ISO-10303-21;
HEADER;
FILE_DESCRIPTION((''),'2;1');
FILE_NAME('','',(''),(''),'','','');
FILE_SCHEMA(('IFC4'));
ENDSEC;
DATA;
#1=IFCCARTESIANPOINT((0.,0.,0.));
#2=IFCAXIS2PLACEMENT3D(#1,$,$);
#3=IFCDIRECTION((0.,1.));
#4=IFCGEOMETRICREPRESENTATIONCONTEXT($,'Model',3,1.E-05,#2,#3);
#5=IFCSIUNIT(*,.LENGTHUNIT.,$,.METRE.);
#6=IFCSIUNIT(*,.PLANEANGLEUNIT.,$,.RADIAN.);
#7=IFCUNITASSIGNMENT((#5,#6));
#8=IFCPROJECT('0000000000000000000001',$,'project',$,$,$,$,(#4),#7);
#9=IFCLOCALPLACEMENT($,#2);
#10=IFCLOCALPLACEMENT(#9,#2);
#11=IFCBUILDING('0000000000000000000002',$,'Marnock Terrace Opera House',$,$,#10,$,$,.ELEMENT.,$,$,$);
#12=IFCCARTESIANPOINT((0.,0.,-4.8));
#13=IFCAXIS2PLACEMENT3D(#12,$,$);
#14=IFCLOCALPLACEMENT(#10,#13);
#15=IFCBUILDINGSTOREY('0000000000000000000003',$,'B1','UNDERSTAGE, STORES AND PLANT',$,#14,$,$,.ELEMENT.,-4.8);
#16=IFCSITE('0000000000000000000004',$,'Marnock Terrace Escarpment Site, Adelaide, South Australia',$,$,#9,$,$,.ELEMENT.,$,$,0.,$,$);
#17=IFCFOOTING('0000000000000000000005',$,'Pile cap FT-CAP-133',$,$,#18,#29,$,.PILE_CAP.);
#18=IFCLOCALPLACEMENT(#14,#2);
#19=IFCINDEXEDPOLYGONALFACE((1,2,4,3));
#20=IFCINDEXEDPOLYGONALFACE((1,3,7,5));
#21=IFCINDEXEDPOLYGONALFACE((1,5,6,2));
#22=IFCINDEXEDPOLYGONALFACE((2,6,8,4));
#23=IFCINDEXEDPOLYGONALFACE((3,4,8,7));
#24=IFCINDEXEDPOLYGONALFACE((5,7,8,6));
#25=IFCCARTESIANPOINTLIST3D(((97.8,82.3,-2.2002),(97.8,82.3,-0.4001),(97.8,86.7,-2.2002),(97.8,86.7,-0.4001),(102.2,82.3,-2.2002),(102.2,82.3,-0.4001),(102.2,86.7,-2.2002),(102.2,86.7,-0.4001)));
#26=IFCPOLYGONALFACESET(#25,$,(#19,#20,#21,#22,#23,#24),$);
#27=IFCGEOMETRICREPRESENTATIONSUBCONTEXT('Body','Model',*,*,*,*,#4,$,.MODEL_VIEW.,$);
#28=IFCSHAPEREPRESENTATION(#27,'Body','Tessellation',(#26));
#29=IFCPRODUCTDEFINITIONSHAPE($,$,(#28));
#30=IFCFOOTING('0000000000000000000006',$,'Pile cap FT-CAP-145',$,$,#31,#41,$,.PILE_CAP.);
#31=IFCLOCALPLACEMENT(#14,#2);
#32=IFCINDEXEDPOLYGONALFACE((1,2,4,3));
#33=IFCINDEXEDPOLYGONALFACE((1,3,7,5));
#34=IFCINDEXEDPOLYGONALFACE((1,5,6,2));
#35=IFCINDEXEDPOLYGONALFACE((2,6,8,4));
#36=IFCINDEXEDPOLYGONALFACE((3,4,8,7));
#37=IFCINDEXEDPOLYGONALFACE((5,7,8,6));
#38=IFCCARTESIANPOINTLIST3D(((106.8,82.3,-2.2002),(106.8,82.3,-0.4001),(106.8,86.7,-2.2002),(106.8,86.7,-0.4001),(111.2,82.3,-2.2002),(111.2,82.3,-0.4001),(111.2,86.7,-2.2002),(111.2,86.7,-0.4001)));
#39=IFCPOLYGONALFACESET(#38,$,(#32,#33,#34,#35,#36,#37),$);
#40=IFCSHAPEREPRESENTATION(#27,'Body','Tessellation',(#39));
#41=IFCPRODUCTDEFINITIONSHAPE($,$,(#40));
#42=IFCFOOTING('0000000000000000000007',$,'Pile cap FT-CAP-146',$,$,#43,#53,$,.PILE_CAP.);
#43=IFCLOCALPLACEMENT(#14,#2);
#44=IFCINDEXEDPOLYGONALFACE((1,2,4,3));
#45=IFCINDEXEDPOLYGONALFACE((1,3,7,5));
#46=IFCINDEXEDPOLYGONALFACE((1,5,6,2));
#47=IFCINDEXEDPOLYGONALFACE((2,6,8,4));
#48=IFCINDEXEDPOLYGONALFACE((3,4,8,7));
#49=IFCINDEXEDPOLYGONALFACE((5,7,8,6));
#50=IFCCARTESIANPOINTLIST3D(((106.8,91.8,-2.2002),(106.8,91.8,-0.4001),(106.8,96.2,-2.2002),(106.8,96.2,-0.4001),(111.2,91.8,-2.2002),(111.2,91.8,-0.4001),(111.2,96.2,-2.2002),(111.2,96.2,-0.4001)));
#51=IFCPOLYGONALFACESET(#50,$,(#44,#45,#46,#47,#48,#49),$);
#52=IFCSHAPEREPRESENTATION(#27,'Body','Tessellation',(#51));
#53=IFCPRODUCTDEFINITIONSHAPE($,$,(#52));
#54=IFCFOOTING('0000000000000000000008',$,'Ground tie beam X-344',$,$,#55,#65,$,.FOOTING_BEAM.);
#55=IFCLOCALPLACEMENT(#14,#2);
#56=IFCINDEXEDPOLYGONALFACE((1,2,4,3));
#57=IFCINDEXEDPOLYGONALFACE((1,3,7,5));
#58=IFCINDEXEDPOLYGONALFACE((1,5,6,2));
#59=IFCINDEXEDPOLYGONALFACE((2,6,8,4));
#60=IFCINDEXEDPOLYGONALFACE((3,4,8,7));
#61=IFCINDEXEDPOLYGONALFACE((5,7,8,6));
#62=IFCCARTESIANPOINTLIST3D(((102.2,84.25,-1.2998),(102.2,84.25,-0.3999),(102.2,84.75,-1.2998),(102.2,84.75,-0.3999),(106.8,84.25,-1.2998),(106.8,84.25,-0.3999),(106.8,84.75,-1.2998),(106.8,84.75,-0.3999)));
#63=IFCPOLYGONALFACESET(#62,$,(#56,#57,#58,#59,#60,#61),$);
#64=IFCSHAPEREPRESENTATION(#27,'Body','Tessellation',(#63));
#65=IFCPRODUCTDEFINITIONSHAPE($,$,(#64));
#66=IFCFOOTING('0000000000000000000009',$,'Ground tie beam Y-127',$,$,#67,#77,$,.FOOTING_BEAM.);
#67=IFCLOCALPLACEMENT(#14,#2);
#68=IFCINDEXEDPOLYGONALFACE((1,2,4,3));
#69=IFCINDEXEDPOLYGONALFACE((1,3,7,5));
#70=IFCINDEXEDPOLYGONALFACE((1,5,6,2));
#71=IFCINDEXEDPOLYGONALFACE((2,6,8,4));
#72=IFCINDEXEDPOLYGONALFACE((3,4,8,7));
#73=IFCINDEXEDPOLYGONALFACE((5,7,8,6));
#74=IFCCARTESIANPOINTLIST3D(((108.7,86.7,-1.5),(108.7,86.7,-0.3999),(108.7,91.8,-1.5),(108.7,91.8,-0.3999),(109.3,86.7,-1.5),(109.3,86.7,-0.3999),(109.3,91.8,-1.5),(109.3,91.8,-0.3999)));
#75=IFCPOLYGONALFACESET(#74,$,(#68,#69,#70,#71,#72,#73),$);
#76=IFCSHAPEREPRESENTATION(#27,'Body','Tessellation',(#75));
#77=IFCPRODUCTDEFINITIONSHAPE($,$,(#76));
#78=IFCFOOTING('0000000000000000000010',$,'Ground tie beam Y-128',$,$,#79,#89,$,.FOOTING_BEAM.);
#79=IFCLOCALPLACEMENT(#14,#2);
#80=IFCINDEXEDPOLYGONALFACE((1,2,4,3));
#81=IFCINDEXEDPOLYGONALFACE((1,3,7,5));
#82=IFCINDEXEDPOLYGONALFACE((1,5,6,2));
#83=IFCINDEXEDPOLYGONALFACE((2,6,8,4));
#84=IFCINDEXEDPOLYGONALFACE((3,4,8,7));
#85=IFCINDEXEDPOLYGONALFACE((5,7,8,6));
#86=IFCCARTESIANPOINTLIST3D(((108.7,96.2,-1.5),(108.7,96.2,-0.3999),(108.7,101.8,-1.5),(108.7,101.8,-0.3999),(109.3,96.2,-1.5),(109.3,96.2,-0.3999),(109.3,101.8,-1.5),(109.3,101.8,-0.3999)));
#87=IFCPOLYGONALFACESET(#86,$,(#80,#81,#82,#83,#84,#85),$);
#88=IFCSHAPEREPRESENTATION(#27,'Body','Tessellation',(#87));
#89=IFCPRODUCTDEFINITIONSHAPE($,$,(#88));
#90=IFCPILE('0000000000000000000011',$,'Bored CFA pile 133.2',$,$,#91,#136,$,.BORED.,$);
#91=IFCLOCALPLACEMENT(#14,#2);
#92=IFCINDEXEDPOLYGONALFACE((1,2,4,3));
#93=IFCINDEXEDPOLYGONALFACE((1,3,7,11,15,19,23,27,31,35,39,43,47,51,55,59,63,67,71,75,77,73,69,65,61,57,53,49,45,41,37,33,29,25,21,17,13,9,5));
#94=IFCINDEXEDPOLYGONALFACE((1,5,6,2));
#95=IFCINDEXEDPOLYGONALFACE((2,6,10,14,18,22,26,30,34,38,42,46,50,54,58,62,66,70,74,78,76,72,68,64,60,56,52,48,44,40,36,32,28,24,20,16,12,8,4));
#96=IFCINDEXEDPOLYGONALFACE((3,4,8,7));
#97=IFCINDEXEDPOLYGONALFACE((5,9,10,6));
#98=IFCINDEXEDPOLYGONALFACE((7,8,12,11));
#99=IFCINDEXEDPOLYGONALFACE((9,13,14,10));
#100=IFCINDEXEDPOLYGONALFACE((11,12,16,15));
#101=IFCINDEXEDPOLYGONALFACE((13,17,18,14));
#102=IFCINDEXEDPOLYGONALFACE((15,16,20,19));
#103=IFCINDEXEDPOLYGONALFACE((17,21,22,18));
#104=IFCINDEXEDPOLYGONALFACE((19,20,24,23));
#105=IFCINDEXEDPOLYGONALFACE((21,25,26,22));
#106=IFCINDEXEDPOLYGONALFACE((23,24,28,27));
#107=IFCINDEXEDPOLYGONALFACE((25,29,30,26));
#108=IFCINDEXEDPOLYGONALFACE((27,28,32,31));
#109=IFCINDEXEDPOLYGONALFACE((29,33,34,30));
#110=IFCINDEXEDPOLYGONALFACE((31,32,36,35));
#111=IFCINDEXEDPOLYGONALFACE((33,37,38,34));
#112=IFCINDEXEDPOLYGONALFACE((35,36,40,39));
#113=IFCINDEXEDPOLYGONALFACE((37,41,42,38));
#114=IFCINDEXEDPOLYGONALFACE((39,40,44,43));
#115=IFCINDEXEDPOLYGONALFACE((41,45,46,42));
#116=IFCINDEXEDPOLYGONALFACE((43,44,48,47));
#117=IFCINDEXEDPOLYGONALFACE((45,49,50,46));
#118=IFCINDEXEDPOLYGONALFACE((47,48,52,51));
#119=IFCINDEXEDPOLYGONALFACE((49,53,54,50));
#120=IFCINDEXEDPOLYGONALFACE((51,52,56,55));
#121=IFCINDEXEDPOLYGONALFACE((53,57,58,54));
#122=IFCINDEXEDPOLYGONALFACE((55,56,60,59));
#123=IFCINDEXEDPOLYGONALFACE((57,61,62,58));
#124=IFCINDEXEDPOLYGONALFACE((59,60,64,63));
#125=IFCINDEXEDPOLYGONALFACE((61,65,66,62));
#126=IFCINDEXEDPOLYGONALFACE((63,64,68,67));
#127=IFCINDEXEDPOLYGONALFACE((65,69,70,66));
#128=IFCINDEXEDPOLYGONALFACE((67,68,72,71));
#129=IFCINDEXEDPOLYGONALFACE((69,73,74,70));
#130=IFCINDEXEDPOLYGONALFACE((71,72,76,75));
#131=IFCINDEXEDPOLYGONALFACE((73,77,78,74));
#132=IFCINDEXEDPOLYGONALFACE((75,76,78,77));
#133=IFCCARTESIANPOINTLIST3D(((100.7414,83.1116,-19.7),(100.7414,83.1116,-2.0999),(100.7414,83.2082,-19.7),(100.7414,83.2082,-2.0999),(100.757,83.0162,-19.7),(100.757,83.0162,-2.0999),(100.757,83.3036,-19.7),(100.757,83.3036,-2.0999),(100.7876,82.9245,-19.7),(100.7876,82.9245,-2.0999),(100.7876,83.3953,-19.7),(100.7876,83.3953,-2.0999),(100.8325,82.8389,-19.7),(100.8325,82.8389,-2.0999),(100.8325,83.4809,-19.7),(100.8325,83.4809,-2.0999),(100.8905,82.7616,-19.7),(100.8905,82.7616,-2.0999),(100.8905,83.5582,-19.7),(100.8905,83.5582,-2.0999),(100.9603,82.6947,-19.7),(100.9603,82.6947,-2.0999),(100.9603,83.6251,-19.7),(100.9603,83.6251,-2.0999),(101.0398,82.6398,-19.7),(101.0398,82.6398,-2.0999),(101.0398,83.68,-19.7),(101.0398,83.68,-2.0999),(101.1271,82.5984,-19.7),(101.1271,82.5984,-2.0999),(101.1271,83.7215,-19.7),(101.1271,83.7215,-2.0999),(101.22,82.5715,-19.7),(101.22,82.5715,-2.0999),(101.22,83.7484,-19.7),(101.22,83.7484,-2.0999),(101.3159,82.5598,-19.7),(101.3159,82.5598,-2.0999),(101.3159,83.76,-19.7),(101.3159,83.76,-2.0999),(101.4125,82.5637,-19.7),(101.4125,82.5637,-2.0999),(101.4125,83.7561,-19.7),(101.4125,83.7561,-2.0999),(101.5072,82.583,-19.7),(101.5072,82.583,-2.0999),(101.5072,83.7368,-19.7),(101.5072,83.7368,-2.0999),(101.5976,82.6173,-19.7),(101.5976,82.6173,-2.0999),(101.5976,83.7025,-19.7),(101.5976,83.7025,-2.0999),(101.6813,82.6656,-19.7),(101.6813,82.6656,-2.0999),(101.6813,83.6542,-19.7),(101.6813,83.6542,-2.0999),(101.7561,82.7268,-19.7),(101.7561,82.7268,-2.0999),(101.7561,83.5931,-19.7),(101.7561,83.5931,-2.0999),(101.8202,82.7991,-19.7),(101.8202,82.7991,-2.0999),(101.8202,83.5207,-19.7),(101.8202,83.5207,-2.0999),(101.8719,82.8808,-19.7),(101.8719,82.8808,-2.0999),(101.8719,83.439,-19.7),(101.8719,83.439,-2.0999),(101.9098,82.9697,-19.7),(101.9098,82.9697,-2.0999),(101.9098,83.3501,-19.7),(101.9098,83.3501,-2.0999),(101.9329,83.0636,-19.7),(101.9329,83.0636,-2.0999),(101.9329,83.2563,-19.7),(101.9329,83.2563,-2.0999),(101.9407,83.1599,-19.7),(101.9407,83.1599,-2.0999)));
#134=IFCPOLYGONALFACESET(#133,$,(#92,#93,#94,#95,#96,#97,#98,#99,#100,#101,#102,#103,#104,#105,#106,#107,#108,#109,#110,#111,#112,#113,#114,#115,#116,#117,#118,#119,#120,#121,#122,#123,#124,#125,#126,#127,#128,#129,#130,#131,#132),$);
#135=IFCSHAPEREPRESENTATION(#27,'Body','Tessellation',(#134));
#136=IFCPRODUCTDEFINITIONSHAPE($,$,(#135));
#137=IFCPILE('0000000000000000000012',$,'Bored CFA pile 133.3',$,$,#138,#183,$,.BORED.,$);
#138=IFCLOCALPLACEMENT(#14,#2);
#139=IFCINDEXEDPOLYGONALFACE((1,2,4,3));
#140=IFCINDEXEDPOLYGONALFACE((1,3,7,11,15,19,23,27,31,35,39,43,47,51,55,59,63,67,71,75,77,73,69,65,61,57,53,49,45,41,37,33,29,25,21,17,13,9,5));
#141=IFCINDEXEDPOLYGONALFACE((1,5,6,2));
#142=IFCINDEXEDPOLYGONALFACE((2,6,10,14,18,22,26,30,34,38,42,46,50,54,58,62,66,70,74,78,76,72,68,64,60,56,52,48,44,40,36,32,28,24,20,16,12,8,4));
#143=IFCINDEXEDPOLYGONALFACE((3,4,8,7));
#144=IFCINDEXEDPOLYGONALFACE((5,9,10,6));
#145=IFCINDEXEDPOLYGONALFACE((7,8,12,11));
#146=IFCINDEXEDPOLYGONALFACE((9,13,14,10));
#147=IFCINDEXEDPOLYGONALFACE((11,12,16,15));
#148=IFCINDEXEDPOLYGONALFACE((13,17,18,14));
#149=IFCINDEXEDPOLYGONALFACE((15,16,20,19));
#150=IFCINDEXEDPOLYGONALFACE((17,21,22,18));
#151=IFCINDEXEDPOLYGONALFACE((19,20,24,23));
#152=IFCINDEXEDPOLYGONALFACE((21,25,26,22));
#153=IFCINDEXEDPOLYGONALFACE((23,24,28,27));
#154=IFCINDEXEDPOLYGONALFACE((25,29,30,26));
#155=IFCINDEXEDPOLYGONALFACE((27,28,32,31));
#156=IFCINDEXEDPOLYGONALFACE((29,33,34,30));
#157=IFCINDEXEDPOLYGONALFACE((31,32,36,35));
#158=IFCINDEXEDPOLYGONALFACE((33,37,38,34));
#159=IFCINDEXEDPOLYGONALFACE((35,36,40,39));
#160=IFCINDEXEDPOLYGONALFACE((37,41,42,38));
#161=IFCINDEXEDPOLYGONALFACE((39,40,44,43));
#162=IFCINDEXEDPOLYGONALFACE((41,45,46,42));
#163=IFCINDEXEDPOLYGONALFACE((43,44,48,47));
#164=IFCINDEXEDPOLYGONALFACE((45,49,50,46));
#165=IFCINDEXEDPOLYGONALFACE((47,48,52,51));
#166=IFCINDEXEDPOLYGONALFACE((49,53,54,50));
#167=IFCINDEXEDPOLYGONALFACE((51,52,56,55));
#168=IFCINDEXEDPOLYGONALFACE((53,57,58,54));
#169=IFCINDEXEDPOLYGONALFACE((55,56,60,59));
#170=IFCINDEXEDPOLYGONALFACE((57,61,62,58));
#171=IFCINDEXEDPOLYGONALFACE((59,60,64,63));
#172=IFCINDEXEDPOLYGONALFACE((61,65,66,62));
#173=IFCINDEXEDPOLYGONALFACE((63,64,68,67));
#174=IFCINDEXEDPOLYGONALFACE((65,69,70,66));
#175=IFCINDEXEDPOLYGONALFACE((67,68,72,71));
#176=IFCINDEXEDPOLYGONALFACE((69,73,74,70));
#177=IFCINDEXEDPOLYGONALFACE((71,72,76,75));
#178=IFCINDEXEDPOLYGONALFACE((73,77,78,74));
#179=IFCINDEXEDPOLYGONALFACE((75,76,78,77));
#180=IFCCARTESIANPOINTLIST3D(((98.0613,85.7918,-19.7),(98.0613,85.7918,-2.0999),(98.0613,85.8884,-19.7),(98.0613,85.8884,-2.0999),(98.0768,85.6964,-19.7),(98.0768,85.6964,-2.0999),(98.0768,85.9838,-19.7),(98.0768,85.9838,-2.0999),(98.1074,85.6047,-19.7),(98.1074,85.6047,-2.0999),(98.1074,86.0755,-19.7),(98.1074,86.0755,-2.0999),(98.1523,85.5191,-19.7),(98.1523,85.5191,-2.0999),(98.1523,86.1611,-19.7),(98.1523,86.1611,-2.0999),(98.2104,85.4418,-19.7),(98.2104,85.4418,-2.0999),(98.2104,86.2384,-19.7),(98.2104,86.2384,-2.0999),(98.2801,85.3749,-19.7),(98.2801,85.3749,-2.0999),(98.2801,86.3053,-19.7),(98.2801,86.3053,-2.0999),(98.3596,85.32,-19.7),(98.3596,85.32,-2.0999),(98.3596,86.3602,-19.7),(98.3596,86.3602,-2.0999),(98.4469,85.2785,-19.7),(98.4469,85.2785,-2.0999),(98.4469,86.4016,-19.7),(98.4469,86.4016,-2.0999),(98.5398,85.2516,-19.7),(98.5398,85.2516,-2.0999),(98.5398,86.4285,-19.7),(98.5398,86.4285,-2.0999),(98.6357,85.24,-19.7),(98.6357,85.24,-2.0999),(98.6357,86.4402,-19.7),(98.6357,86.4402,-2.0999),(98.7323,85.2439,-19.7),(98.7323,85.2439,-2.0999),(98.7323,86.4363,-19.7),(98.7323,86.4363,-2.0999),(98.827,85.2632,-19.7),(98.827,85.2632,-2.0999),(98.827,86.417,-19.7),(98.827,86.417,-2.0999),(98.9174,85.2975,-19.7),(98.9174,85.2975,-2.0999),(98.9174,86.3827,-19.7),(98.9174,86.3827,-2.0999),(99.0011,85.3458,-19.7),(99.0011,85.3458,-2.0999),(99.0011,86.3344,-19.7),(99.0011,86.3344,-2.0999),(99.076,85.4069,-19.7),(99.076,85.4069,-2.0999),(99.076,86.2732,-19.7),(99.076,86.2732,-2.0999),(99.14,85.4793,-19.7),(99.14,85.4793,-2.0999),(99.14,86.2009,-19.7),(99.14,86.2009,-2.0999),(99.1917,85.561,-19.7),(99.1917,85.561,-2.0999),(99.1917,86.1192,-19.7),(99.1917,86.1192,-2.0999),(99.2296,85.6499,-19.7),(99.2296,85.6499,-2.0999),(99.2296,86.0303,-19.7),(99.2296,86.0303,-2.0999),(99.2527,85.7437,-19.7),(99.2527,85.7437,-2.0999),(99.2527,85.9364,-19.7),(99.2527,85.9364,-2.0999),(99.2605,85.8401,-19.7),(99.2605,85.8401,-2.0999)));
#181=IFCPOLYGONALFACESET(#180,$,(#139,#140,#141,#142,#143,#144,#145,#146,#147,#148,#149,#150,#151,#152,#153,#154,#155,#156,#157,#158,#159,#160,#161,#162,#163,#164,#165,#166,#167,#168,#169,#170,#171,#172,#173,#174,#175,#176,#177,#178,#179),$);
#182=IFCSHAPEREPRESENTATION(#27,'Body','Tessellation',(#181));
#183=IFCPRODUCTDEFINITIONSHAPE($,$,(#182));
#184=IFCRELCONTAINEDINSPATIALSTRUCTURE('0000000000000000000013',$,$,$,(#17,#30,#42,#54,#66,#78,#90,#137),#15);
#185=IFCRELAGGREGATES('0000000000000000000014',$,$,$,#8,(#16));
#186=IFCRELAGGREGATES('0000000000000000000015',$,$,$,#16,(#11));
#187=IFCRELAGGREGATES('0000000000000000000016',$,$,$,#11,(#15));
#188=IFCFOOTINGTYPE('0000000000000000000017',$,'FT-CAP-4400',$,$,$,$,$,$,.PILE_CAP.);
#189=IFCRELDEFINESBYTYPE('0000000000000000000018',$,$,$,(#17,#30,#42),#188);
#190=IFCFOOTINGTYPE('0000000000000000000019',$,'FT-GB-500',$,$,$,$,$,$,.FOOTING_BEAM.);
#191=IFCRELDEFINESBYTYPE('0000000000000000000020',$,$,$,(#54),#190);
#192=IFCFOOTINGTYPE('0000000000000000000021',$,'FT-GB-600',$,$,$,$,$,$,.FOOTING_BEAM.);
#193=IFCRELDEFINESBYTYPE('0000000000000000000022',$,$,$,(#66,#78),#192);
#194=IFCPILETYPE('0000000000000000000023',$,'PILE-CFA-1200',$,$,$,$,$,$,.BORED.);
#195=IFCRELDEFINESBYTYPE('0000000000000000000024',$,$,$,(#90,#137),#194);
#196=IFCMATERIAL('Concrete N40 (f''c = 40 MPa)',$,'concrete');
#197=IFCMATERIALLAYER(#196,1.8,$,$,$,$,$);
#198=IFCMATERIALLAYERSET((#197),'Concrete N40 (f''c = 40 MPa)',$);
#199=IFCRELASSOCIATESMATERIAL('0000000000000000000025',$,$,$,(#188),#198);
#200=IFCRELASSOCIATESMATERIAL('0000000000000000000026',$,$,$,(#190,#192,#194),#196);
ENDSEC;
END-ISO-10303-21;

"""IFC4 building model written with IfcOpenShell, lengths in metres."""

from ifc_helpers import new_model, si_unit, direction, frame, origin, origin_2d, place, context, subcontext, project, spatial, rectangle, circle, extrude, material, layer, layer_set, material_profile, profile_set, type_object, element, save


model = new_model("IFC4")

# Units and contexts
model_context = context("Model", 3, precision=1e-05, world=origin(), true_north=direction((0.0, 1.0)))
body_context = subcontext(model_context, "Body", "Model", "MODEL_VIEW")
ifc_project = project(units=[si_unit("LENGTHUNIT", "METRE"), si_unit("PLANEANGLEUNIT", "RADIAN")], contexts=[model_context])

# Site, building, storey
site_placement = place(None, origin())
site = spatial("IfcSite", under=ifc_project, at=site_placement, Name="Marnock Terrace Escarpment Site, Adelaide, South Australia", CompositionType="ELEMENT", RefElevation=0.0)
building_placement = place(site_placement, origin())
building = spatial("IfcBuilding", under=site, at=building_placement, Name="Marnock Terrace Opera House", CompositionType="ELEMENT")
storey_placement = place(building_placement, frame((0.0, 0.0, -4.8)))
storey = spatial("IfcBuildingStorey", under=building, at=storey_placement, Name="B1", Description="UNDERSTAGE, STORES AND PLANT", CompositionType="ELEMENT", Elevation=-4.8)

# Footings
ifc_material_1 = material(Name="Concrete N40 (f'c = 40 MPa)", Category="concrete")
ifc_layer_1 = layer(ifc_material_1, 1.8)
ifc_layer_set_1 = layer_set([ifc_layer_1], Name="Concrete N40 (f'c = 40 MPa)")
footing_type_1 = type_object("IfcFootingType", Name="FT-CAP-4400", PredefinedType="PILE_CAP", material=ifc_layer_set_1)
for number, where, z_axis, x_axis, name in (
    (1, (100.0, 84.5, -2.2002), (0.0, 0.0, 1.0), (1.0, 0.0, 0.0), "Pile cap FT-CAP-133"),
    (2, (109.0, 84.5, -2.2002), (0.0, 0.0, 1.0), (1.0, 0.0, 0.0), "Pile cap FT-CAP-145"),
    (3, (109.0, 94.0, -2.2002), (0.0, 0.0, 1.0), (1.0, 0.0, 0.0), "Pile cap FT-CAP-146"),
):
    element("IfcFooting", number, at=place(storey_placement, frame(where, z_axis=z_axis, x_axis=x_axis)), inside=storey, type_object=footing_type_1, Name=name, PredefinedType="PILE_CAP", context=body_context, shape_type="SweptSolid", body=[
        extrude(rectangle(XDim=4.3999, YDim=4.3999, at=origin_2d()), origin(), (0.0, 0.0, 1.0), 1.8),
    ])
ifc_material_profile_1 = material_profile(ifc_material_1, rectangle(XDim=0.5, YDim=0.8999, at=origin_2d()))
ifc_profile_set_1 = profile_set([ifc_material_profile_1], Name="Concrete N40 (f'c = 40 MPa)")
footing_type_2 = type_object("IfcFootingType", Name="FT-GB-500", PredefinedType="FOOTING_BEAM", material=ifc_profile_set_1)
footing_1_placement = place(storey_placement, frame((102.2, 84.5, -0.8499), z_axis=(1.0, 0.0, 0.0), x_axis=(0.0, 1.0, 0.0)))
element("IfcFooting", 4, at=footing_1_placement, inside=storey, type_object=footing_type_2, Name="Ground tie beam X-344", PredefinedType="FOOTING_BEAM", context=body_context, shape_type="SweptSolid", body=[
    extrude(rectangle(XDim=0.5, YDim=0.8999, at=origin_2d()), origin(), (0.0, 0.0, 1.0), 4.6001),
])
ifc_material_profile_2 = material_profile(ifc_material_1, rectangle(XDim=0.6001, YDim=1.1001, at=origin_2d()))
ifc_profile_set_2 = profile_set([ifc_material_profile_2], Name="Concrete N40 (f'c = 40 MPa)")
footing_type_3 = type_object("IfcFootingType", Name="FT-GB-600", PredefinedType="FOOTING_BEAM", material=ifc_profile_set_2)
footing_2_placement = place(storey_placement, frame((109.0, 86.7, -0.95), z_axis=(0.0, 1.0, 0.0), x_axis=(-1.0, 0.0, 0.0)))
element("IfcFooting", 5, at=footing_2_placement, inside=storey, type_object=footing_type_3, Name="Ground tie beam Y-127", PredefinedType="FOOTING_BEAM", context=body_context, shape_type="SweptSolid", body=[
    extrude(rectangle(XDim=0.6001, YDim=1.1001, at=origin_2d()), origin(), (0.0, 0.0, 1.0), 5.1001),
])
footing_3_placement = place(storey_placement, frame((109.0, 96.2, -0.95), z_axis=(0.0, 1.0, 0.0), x_axis=(-1.0, 0.0, 0.0)))
element("IfcFooting", 6, at=footing_3_placement, inside=storey, type_object=footing_type_3, Name="Ground tie beam Y-128", PredefinedType="FOOTING_BEAM", context=body_context, shape_type="SweptSolid", body=[
    extrude(rectangle(XDim=0.6001, YDim=1.1001, at=origin_2d()), origin(), (0.0, 0.0, 1.0), 5.6001),
])

# Piles
ifc_material_profile_3 = material_profile(ifc_material_1, circle(Radius=0.6006, at=origin_2d()))
ifc_profile_set_3 = profile_set([ifc_material_profile_3], Name="Concrete N40 (f'c = 40 MPa)")
pile_type = type_object("IfcPileType", Name="PILE-CFA-1200", PredefinedType="BORED", material=ifc_profile_set_3)
for number, where, z_axis, x_axis, name in (
    (7, (101.3401, 83.1599, -2.0999), (0.0, 0.0, -1.0), (1.0, 0.0, 0.0), "Bored CFA pile 133.2"),
    (8, (98.6599, 85.8401, -2.0999), (0.0, 0.0, -1.0), (1.0, 0.0, 0.0), "Bored CFA pile 133.3"),
):
    element("IfcPile", number, at=place(storey_placement, frame(where, z_axis=z_axis, x_axis=x_axis)), inside=storey, type_object=pile_type, Name=name, PredefinedType="BORED", context=body_context, shape_type="SweptSolid", body=[
        extrude(circle(Radius=0.6006, at=origin_2d()), origin(), (0.0, 0.0, 1.0), 17.6001),
    ])

save(model, "model.ifc")
